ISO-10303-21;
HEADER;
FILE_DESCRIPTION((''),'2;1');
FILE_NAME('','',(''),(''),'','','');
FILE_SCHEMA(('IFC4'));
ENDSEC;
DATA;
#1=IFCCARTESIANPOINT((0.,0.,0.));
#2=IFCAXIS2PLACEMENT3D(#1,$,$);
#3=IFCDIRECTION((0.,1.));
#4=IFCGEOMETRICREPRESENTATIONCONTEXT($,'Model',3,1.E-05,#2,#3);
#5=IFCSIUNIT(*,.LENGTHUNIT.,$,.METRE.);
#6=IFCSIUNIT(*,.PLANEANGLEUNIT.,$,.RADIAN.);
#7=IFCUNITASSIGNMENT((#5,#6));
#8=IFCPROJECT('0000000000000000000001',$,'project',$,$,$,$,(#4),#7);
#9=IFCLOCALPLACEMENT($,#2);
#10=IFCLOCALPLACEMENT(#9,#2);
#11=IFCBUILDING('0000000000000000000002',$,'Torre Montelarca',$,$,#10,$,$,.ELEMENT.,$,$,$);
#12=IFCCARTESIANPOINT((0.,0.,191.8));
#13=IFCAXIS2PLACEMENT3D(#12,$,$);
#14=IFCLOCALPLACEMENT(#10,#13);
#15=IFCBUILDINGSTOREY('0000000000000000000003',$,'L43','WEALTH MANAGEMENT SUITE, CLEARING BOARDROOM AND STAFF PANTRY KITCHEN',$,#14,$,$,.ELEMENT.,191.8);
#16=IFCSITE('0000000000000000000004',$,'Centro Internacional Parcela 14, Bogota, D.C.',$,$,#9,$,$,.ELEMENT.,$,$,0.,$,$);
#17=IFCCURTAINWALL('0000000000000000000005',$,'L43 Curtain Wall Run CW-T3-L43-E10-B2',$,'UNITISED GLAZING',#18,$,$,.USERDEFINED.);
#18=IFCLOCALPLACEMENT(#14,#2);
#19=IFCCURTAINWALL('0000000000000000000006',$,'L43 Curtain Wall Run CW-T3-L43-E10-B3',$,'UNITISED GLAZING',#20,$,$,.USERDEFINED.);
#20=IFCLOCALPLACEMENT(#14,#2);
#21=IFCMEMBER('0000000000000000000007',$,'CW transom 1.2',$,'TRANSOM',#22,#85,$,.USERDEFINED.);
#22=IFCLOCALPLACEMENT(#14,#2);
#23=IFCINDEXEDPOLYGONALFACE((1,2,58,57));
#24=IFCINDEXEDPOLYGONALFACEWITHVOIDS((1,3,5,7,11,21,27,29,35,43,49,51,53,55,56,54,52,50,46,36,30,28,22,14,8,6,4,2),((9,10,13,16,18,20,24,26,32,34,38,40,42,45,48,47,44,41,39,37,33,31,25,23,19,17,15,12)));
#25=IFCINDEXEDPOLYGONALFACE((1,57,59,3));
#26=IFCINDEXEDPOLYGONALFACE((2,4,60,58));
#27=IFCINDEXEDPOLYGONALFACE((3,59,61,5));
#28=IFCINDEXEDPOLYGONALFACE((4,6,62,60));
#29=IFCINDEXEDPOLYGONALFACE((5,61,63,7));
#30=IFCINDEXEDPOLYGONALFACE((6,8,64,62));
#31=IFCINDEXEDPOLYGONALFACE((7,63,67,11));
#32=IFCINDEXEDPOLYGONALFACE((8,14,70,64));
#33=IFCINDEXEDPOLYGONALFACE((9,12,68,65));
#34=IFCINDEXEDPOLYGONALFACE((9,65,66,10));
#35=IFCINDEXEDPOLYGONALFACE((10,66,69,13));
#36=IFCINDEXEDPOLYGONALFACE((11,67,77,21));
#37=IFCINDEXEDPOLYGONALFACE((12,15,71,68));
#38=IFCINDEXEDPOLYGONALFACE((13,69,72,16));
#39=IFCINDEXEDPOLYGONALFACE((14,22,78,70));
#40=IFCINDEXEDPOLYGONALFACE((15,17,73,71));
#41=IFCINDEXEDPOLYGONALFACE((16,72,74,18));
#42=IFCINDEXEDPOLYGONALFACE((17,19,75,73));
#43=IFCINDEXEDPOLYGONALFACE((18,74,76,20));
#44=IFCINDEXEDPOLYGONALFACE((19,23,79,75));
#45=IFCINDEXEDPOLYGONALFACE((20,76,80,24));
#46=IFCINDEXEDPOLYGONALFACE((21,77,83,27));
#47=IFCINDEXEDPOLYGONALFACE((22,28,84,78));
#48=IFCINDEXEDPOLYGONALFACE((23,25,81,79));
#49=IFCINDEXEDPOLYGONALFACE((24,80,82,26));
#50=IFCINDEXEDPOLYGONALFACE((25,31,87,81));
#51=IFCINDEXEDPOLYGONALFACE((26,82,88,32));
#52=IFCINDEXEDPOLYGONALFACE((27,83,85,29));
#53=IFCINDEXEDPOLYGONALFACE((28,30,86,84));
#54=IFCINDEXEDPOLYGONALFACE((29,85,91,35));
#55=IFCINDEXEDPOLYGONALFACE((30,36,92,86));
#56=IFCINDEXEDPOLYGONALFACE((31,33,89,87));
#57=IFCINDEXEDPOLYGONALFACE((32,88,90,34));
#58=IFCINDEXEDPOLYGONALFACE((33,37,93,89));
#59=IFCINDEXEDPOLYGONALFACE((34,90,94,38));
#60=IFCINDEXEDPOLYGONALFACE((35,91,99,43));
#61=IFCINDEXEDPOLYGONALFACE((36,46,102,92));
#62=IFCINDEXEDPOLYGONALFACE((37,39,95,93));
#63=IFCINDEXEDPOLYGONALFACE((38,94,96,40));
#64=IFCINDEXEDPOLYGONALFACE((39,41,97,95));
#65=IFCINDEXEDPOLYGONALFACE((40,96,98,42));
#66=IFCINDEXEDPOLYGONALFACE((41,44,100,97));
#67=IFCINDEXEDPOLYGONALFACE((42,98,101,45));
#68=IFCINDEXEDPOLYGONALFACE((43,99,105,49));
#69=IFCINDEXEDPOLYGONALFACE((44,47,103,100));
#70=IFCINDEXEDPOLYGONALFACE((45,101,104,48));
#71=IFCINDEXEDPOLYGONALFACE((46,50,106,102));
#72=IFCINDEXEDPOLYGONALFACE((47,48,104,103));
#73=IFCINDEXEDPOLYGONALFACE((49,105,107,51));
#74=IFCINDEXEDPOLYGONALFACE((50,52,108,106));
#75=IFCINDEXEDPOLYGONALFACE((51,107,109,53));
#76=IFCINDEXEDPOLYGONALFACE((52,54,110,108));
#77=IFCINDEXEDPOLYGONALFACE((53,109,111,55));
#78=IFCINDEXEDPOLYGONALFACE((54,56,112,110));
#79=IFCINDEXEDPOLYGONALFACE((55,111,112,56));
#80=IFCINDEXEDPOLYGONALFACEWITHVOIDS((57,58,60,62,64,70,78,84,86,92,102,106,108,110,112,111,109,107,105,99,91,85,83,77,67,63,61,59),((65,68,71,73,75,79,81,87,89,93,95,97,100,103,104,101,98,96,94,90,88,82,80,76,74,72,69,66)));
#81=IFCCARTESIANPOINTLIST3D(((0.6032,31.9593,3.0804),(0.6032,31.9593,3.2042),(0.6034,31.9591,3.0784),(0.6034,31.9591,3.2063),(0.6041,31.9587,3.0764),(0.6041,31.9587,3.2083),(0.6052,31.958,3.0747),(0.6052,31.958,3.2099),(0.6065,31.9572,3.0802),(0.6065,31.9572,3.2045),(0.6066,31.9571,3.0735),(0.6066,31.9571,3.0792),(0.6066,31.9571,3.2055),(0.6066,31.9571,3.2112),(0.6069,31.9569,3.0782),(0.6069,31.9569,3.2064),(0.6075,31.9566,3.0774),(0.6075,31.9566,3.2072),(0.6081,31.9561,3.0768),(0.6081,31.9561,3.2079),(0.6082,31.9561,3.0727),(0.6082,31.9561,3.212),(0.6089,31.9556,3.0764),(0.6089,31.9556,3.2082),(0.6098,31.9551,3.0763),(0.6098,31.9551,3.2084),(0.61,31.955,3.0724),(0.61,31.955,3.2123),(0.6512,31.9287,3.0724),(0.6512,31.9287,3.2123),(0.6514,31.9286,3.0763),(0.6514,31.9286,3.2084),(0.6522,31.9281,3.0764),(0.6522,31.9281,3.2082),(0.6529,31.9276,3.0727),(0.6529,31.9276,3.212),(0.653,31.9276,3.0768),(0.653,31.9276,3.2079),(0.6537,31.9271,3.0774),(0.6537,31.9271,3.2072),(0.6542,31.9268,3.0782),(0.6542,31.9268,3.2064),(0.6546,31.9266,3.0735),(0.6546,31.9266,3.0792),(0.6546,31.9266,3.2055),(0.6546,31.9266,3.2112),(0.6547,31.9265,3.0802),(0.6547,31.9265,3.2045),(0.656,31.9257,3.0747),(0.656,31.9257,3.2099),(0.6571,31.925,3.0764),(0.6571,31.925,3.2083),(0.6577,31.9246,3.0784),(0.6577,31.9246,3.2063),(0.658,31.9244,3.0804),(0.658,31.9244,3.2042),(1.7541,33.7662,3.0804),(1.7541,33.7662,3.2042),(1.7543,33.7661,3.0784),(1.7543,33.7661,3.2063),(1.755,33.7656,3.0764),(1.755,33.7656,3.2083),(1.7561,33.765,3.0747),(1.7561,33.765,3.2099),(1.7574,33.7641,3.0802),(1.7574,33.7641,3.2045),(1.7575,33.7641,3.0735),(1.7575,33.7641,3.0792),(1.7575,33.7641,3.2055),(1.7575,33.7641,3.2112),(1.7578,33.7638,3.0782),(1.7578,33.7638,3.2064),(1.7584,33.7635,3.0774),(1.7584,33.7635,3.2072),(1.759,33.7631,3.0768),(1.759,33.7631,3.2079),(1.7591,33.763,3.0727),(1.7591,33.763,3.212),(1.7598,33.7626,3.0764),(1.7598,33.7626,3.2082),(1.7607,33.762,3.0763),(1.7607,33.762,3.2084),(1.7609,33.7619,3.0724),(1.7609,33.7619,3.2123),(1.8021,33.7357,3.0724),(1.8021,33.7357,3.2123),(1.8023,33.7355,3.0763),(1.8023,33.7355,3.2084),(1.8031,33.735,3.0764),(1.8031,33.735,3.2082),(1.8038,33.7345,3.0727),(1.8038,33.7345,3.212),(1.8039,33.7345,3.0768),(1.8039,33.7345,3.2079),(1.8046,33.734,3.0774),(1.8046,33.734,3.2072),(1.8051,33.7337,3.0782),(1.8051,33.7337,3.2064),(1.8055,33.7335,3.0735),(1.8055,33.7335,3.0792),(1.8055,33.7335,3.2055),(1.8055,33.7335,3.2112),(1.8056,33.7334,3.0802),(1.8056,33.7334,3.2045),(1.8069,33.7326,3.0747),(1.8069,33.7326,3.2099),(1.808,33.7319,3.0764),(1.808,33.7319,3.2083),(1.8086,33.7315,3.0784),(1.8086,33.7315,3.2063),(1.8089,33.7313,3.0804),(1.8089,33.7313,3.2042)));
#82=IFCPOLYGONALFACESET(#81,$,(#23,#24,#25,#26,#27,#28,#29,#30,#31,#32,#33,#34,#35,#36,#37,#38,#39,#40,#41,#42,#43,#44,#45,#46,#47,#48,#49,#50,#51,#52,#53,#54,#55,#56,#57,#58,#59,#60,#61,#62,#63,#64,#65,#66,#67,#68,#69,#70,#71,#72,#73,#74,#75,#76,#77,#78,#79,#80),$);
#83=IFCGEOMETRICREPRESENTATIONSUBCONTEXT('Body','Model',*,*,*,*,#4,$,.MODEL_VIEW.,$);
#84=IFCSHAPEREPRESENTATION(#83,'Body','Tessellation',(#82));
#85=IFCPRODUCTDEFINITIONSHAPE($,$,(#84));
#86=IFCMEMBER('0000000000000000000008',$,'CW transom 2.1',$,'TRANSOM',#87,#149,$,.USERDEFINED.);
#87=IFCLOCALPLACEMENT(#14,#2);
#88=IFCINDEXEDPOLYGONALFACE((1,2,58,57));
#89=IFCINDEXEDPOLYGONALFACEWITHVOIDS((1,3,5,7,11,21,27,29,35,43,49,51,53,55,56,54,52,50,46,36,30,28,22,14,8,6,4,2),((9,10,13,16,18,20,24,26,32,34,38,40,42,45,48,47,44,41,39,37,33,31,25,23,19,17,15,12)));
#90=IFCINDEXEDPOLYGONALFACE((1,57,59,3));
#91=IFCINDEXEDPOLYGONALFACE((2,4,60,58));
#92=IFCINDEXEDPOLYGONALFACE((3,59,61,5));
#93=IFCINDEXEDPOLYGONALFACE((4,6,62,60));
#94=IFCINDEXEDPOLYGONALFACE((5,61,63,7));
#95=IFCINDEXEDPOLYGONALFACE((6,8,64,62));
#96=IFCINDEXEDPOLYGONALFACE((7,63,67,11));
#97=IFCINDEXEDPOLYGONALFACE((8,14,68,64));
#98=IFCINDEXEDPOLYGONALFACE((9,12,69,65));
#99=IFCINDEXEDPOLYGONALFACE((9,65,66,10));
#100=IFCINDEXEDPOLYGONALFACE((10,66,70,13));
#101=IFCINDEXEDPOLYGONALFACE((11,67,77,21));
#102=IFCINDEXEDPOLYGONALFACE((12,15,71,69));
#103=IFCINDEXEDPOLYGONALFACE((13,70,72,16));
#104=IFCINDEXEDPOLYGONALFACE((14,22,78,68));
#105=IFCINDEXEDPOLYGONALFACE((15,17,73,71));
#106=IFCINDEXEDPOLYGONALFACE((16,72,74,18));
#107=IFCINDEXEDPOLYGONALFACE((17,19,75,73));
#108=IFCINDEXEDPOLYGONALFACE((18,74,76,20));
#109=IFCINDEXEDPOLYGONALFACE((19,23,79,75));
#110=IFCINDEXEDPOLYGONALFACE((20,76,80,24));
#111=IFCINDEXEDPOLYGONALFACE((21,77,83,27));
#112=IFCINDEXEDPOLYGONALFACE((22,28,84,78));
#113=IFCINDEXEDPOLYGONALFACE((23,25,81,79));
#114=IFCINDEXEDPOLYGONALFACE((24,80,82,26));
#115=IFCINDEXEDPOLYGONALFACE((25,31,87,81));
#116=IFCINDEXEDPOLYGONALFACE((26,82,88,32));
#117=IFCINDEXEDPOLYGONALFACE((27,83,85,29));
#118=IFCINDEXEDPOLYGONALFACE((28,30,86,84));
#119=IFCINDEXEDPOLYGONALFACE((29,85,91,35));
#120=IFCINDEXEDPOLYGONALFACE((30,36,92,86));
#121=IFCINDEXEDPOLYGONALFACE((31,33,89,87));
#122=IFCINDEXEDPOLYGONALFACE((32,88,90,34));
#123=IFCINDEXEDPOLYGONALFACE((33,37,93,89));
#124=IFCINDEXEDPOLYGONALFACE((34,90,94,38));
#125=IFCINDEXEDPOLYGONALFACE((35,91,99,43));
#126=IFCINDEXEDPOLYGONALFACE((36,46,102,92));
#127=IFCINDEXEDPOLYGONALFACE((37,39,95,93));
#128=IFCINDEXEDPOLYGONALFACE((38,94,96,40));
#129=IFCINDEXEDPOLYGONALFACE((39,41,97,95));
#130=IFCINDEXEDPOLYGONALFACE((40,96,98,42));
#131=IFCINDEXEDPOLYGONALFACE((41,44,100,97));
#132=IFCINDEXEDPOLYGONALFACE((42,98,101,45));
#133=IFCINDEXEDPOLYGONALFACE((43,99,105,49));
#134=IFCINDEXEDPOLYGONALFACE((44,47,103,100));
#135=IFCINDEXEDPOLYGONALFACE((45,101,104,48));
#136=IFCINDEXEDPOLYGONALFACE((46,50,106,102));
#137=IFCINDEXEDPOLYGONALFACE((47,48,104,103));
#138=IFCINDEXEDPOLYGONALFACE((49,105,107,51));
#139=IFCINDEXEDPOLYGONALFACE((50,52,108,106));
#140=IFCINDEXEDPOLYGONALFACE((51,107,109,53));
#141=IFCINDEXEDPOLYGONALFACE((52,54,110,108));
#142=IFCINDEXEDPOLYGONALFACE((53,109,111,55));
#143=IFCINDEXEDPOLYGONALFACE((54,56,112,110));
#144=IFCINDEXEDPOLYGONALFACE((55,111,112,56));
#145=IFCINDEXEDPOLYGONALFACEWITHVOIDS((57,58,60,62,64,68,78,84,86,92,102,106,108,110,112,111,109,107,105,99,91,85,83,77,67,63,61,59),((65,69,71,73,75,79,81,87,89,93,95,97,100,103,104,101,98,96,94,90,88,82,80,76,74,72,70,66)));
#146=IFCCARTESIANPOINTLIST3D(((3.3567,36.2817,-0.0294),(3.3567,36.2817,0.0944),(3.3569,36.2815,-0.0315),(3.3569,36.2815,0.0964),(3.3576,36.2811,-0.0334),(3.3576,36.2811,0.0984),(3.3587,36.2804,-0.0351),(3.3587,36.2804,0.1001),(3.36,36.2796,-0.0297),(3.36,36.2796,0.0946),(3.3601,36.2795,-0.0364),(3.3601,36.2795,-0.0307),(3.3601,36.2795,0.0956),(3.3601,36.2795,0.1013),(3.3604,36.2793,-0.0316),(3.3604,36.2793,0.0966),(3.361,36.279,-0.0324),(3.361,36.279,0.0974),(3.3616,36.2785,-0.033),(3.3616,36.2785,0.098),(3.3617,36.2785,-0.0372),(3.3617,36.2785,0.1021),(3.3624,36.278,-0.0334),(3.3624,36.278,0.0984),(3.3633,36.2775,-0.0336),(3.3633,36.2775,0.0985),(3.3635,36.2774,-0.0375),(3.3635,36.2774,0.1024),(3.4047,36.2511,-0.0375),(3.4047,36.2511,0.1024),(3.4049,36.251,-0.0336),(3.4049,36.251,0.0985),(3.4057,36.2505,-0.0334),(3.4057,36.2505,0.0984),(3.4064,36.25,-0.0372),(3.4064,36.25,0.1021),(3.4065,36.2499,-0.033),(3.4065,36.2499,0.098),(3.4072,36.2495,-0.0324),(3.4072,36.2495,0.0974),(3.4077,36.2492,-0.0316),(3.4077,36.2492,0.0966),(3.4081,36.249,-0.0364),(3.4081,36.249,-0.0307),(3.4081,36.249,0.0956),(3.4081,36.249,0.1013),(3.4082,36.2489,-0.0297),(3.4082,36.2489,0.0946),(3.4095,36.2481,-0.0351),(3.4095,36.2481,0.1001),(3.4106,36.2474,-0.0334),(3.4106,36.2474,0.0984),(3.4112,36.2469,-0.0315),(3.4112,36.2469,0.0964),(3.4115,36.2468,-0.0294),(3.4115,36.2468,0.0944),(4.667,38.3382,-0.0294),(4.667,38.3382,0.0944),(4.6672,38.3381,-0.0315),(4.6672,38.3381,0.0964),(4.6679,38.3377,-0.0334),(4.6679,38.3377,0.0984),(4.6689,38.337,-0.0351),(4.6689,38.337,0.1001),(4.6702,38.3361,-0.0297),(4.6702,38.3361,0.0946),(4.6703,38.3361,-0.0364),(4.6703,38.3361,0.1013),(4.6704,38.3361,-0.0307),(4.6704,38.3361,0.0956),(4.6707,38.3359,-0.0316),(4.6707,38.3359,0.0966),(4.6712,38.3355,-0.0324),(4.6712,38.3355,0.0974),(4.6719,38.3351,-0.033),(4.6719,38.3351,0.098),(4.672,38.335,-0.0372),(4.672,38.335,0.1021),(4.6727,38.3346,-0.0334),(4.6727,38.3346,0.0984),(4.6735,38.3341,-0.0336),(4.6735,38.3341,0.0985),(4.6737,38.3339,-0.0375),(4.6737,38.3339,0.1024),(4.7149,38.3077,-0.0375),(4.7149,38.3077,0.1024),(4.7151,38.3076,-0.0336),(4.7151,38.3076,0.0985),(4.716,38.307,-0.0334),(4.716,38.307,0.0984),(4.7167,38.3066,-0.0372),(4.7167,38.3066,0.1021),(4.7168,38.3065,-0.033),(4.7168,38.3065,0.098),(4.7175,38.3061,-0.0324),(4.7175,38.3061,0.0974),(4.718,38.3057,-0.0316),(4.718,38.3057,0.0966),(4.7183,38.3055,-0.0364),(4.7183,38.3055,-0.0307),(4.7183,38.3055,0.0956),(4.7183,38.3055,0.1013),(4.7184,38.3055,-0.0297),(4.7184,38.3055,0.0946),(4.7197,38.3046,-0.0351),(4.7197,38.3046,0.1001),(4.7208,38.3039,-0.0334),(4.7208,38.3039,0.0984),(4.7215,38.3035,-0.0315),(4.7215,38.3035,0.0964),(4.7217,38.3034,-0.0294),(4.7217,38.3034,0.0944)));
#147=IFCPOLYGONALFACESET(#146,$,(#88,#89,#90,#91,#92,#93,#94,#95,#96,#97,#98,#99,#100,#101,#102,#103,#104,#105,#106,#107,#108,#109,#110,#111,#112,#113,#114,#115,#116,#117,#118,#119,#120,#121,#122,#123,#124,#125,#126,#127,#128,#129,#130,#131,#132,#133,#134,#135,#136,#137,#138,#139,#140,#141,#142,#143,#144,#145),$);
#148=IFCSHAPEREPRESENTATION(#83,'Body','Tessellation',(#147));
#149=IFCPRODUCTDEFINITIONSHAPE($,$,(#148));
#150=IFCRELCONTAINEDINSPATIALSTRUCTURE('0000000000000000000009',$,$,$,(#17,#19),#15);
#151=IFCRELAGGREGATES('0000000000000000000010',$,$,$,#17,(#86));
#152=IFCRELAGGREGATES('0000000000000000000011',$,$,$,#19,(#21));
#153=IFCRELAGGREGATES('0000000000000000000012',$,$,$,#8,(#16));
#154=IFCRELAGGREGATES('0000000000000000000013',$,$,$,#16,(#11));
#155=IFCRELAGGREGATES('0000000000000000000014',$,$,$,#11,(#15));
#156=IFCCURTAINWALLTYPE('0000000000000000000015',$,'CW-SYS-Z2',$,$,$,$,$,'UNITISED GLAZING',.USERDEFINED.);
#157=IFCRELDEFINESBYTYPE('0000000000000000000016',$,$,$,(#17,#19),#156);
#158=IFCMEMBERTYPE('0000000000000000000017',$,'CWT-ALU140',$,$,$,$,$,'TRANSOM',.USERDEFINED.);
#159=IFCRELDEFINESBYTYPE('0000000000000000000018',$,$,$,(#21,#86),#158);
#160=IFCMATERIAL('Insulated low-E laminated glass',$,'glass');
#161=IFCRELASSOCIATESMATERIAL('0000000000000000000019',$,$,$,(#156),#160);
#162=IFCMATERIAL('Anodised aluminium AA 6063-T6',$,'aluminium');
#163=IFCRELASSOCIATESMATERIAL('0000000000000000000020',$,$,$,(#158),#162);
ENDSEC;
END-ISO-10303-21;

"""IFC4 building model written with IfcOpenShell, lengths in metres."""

from ifc_helpers import new_model, si_unit, direction, frame, origin, origin_2d, place, context, subcontext, project, spatial, hollow_rectangle, extrude, source, transform, mapped, material, material_profile, profile_set, type_object, element, aggregate, save


model = new_model("IFC4")

# Units and contexts
model_context = context("Model", 3, precision=1e-05, world=origin(), true_north=direction((0.0, 1.0)))
body_context = subcontext(model_context, "Body", "Model", "MODEL_VIEW")
ifc_project = project(units=[si_unit("LENGTHUNIT", "METRE"), si_unit("PLANEANGLEUNIT", "RADIAN")], contexts=[model_context])

# Site, building, storey
site_placement = place(None, origin())
site = spatial("IfcSite", under=ifc_project, at=site_placement, Name="Centro Internacional Parcela 14, Bogota, D.C.", CompositionType="ELEMENT", RefElevation=0.0)
building_placement = place(site_placement, origin())
building = spatial("IfcBuilding", under=site, at=building_placement, Name="Torre Montelarca", CompositionType="ELEMENT")
storey_placement = place(building_placement, frame((0.0, 0.0, 191.8)))
storey = spatial("IfcBuildingStorey", under=building, at=storey_placement, Name="L43", Description="WEALTH MANAGEMENT SUITE, CLEARING BOARDROOM AND STAFF PANTRY KITCHEN", CompositionType="ELEMENT", Elevation=191.8)

# Curtain walls, member
ifc_material_1 = material(Name="Insulated low-E laminated glass", Category="glass")
curtain_wall_type = type_object("IfcCurtainWallType", Name="CW-SYS-Z2", ElementType="UNITISED GLAZING", PredefinedType="USERDEFINED", material=ifc_material_1)
curtain_wall_1_placement = place(storey_placement, origin())
curtain_wall_1 = element("IfcCurtainWall", 1, at=curtain_wall_1_placement, inside=storey, type_object=curtain_wall_type, Name="L43 Curtain Wall Run CW-T3-L43-E10-B2", ObjectType="UNITISED GLAZING", PredefinedType="USERDEFINED")
ifc_material_2 = material(Name="Anodised aluminium AA 6063-T6", Category="aluminium")
curtain_wall_2_placement = place(storey_placement, origin())
curtain_wall_2 = element("IfcCurtainWall", 2, at=curtain_wall_2_placement, inside=storey, type_object=curtain_wall_type, Name="L43 Curtain Wall Run CW-T3-L43-E10-B3", ObjectType="UNITISED GLAZING", PredefinedType="USERDEFINED")
ifc_material_profile_1 = material_profile(ifc_material_2, hollow_rectangle(XDim=0.0649, YDim=0.1399, WallThickness=0.0039, InnerFilletRadius=0.0039, OuterFilletRadius=0.0081, at=origin_2d()), Name="ALU65X140X4", Category="aluminium")
ifc_profile_set_1 = profile_set([ifc_material_profile_1], Name="Anodised aluminium AA 6063-T6")
member_type_1 = type_object("IfcMemberType", Name="CWT-ALU140", ElementType="TRANSOM", PredefinedType="USERDEFINED", material=ifc_profile_set_1)
shared_shape_1 = source(origin(), body_context, "Body", "SweptSolid", [
    extrude(hollow_rectangle(XDim=0.0649, YDim=0.1399, WallThickness=0.0039, InnerFilletRadius=0.0039, OuterFilletRadius=0.0081, at=origin_2d()), origin(), (0.0, 0.0, 1.0), 2.1423),
])
member_1_placement = place(storey_placement, frame((1.7815, 33.7488, 3.1423), z_axis=(-0.537222, -0.843441, 0.0), x_axis=(0.843441, -0.537222, 0.0)))
member_1 = element("IfcMember", 3, at=member_1_placement, type_object=member_type_1, Name="CW transom 1.2", ObjectType="TRANSOM", PredefinedType="USERDEFINED", context=body_context, shape_type="MappedRepresentation", body=[
    mapped(shared_shape_1, transform((0.0, 0.0, 0.0), scale=1.0)),
])

# Member
shared_shape_2 = source(origin(), body_context, "Body", "SweptSolid", [
    extrude(hollow_rectangle(XDim=0.0649, YDim=0.1399, WallThickness=0.0039, InnerFilletRadius=0.0039, OuterFilletRadius=0.0081, at=origin_2d()), origin(), (0.0, 0.0, 1.0), 2.4385),
])
member_2_placement = place(storey_placement, frame((4.6943, 38.3208, 0.0325), z_axis=(-0.537322, -0.843377, 0.0), x_axis=(0.843377, -0.537322, 0.0)))
member_2 = element("IfcMember", 4, at=member_2_placement, type_object=member_type_1, Name="CW transom 2.1", ObjectType="TRANSOM", PredefinedType="USERDEFINED", context=body_context, shape_type="MappedRepresentation", body=[
    mapped(shared_shape_2, transform((0.0, 0.0, 0.0), scale=1.0)),
])

aggregate(curtain_wall_1, [member_2])
aggregate(curtain_wall_2, [member_1])

save(model, "model.ifc")
